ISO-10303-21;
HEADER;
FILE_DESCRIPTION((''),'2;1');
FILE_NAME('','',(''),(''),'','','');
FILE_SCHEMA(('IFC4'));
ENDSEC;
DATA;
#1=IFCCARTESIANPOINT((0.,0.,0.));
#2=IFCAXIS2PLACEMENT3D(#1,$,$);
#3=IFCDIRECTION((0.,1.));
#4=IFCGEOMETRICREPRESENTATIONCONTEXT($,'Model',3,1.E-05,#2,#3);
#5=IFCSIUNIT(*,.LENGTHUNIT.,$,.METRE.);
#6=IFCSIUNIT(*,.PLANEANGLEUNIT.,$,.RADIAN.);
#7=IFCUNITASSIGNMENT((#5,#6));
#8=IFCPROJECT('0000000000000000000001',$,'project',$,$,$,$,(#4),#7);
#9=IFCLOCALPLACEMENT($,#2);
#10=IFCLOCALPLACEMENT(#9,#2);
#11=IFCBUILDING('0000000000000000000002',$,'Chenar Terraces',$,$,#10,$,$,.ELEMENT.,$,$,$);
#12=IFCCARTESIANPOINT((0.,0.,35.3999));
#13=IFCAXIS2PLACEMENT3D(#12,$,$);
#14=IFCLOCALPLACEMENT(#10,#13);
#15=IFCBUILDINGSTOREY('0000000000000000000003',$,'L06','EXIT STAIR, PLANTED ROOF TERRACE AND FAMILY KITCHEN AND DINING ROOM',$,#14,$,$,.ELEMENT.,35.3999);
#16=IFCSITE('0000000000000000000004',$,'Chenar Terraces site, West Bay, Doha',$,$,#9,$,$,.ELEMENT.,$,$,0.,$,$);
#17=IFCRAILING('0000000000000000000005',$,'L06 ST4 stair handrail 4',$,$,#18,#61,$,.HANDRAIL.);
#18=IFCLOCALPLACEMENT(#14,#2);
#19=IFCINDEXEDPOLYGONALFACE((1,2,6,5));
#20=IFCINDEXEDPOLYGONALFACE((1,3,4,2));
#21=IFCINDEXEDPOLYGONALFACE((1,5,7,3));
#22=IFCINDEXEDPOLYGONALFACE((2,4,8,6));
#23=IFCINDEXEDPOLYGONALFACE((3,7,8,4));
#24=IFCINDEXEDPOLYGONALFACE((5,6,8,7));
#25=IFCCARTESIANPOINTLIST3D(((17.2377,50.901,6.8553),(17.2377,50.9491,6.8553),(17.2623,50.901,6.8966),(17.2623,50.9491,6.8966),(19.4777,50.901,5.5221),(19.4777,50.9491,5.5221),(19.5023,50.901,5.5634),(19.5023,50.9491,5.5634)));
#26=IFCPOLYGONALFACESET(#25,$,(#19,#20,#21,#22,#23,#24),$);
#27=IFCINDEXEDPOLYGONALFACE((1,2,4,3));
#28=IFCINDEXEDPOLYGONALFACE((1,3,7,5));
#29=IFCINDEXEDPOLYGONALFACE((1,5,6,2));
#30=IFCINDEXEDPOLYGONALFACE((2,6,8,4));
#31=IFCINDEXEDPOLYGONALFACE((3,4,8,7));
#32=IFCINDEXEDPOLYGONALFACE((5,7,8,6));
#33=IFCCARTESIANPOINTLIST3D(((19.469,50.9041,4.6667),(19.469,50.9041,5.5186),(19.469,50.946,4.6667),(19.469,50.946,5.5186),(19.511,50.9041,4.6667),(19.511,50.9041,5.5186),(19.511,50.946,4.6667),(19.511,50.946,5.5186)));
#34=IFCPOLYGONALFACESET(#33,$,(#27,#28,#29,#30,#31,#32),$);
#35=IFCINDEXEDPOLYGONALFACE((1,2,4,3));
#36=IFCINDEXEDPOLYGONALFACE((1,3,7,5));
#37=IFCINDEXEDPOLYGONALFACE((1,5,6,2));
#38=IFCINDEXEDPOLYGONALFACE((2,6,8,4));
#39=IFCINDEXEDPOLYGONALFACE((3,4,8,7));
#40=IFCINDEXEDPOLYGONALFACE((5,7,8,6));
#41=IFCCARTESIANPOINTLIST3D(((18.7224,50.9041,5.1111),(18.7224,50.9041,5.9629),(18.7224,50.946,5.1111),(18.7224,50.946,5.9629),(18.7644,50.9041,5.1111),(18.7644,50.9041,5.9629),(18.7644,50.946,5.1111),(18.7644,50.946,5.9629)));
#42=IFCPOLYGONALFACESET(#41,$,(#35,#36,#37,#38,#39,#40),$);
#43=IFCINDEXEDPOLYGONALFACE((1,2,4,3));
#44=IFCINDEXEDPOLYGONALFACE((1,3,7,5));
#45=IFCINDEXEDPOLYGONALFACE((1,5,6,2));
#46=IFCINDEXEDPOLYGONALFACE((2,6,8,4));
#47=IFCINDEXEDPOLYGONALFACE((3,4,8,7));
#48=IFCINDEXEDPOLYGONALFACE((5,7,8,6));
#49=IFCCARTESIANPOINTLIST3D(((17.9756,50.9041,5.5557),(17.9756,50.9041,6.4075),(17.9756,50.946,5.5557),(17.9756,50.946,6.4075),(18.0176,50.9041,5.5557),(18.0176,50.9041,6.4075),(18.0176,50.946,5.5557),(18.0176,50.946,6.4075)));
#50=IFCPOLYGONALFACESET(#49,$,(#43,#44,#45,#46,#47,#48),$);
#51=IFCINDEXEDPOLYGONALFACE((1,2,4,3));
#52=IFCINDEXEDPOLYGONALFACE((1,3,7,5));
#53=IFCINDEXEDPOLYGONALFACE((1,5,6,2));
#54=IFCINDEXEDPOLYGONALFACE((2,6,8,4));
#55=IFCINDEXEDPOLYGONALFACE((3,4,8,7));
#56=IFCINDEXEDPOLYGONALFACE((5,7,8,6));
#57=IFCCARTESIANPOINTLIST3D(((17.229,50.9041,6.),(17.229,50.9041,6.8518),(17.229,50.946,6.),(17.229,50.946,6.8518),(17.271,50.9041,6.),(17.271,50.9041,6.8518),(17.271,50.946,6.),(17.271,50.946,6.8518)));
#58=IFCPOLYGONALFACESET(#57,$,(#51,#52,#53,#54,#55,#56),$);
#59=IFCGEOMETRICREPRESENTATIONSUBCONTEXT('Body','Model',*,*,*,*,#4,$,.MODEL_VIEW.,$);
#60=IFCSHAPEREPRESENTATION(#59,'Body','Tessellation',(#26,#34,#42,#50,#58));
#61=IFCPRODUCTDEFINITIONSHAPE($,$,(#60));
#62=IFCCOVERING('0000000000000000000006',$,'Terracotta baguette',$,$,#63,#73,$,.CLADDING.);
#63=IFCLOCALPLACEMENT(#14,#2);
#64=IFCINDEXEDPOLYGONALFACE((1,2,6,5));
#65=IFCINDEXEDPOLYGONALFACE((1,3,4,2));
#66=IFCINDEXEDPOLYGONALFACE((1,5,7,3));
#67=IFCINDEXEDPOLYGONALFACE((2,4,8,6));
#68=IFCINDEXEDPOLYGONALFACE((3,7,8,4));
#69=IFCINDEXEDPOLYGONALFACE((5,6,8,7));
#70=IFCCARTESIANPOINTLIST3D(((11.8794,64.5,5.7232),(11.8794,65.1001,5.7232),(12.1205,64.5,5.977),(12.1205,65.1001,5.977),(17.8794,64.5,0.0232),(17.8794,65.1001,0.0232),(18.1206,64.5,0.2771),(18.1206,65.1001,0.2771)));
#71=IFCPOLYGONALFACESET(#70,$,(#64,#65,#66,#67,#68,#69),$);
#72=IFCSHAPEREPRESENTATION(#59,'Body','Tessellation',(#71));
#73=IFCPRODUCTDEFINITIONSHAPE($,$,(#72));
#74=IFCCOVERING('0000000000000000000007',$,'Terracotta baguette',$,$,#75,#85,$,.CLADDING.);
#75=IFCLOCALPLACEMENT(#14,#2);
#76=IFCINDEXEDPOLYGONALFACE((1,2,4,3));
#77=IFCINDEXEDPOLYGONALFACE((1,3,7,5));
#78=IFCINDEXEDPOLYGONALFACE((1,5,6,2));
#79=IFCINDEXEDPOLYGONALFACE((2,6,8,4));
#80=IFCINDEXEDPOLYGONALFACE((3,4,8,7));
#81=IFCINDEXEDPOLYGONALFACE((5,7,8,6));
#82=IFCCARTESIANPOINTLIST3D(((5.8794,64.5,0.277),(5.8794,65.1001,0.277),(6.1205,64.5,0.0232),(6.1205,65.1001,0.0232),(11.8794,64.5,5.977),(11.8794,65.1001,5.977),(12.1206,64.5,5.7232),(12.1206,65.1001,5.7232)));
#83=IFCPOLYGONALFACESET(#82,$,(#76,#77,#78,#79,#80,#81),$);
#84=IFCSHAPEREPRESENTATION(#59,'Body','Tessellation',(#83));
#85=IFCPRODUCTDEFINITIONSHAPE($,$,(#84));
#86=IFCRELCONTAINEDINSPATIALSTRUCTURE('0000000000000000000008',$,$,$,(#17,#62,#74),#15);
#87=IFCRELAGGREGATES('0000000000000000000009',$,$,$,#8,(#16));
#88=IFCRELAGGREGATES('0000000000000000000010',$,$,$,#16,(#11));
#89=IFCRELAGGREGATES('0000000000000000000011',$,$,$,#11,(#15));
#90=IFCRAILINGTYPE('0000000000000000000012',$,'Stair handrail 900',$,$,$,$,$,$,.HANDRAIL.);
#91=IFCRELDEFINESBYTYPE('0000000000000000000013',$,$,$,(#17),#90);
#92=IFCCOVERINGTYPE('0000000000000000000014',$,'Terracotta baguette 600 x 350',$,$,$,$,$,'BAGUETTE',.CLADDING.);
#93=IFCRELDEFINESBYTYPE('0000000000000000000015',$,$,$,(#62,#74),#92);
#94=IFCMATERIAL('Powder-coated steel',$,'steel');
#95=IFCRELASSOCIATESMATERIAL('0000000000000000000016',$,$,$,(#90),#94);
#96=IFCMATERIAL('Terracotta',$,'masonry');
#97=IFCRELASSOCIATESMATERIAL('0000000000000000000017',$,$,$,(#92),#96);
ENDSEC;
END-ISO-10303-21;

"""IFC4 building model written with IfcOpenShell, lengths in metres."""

from ifc_helpers import new_model, si_unit, direction, frame, origin, origin_2d, place, context, subcontext, project, spatial, rectangle, extrude, material, material_profile, profile_set, type_object, element, save


model = new_model("IFC4")

# Units and contexts
model_context = context("Model", 3, precision=1e-05, world=origin(), true_north=direction((0.0, 1.0)))
body_context = subcontext(model_context, "Body", "Model", "MODEL_VIEW")
ifc_project = project(units=[si_unit("LENGTHUNIT", "METRE"), si_unit("PLANEANGLEUNIT", "RADIAN")], contexts=[model_context])

# Site, building, storey
site_placement = place(None, origin())
site = spatial("IfcSite", under=ifc_project, at=site_placement, Name="Chenar Terraces site, West Bay, Doha", CompositionType="ELEMENT", RefElevation=0.0)
building_placement = place(site_placement, origin())
building = spatial("IfcBuilding", under=site, at=building_placement, Name="Chenar Terraces", CompositionType="ELEMENT")
storey_placement = place(building_placement, frame((0.0, 0.0, 35.3999)))
storey = spatial("IfcBuildingStorey", under=building, at=storey_placement, Name="L06", Description="EXIT STAIR, PLANTED ROOF TERRACE AND FAMILY KITCHEN AND DINING ROOM", CompositionType="ELEMENT", Elevation=35.3999)

# Railing
ifc_material_1 = material(Name="Powder-coated steel", Category="steel")
railing_type_1 = type_object("IfcRailingType", Name="Stair handrail 900", PredefinedType="HANDRAIL", material=ifc_material_1)
for number, where, name in (
    (1, (19.49, 50.925, 4.6667), "L06 ST4 stair handrail 4"),
):
    element("IfcRailing", number, at=place(storey_placement, frame(where)), inside=storey, type_object=railing_type_1, Name=name, PredefinedType="HANDRAIL", context=body_context, shape_type="SweptSolid", body=[
        extrude(rectangle(XDim=0.0481, YDim=0.0481, at=origin_2d()), frame((0.0, 0.0, 0.876), z_axis=(-0.859306, 0.0, 0.511462), x_axis=(0.0, -1.0, 0.0)), (0.0, 0.0, 1.0), 2.6067),
        extrude(rectangle(XDim=0.042, YDim=0.042, at=origin_2d()), origin(), (0.0, 0.0, 1.0), 0.8518),
        extrude(rectangle(XDim=0.042, YDim=0.042, at=origin_2d()), frame((-0.7466, 0.0, 0.4443)), (0.0, 0.0, 1.0), 0.8518),
        extrude(rectangle(XDim=0.042, YDim=0.042, at=origin_2d()), frame((-1.4934, 0.0, 0.8889)), (0.0, 0.0, 1.0), 0.8518),
        extrude(rectangle(XDim=0.042, YDim=0.042, at=origin_2d()), frame((-2.24, 0.0, 1.3333)), (0.0, 0.0, 1.0), 0.8518),
    ])

# Coverings
ifc_material_2 = material(Name="Terracotta", Category="masonry")
ifc_material_profile_1 = material_profile(ifc_material_2, rectangle(XDim=0.6001, YDim=0.3501, at=origin_2d()), Name="Terracotta baguette 600 x 350")
ifc_profile_set_1 = profile_set([ifc_material_profile_1], Name="Terracotta")
covering_type = type_object("IfcCoveringType", Name="Terracotta baguette 600 x 350", ElementType="BAGUETTE", PredefinedType="CLADDING", material=ifc_profile_set_1)
for number, where, z_axis, x_axis, name in (
    (2, (18.0, 64.8, 0.1501), (-0.725002, 0.0, 0.688746), (0.0, -1.0, 0.0), "Terracotta baguette"),
    (3, (12.0, 64.8, 5.8501), (-0.725002, 0.0, -0.688746), (0.0, -1.0, 0.0), "Terracotta baguette"),
):
    element("IfcCovering", number, at=place(storey_placement, frame(where, z_axis=z_axis, x_axis=x_axis)), inside=storey, type_object=covering_type, Name=name, PredefinedType="CLADDING", context=body_context, shape_type="SweptSolid", body=[
        extrude(rectangle(XDim=0.6001, YDim=0.3501, at=origin_2d()), origin(), (0.0, 0.0, 1.0), 8.2759),
    ])

save(model, "model.ifc")
